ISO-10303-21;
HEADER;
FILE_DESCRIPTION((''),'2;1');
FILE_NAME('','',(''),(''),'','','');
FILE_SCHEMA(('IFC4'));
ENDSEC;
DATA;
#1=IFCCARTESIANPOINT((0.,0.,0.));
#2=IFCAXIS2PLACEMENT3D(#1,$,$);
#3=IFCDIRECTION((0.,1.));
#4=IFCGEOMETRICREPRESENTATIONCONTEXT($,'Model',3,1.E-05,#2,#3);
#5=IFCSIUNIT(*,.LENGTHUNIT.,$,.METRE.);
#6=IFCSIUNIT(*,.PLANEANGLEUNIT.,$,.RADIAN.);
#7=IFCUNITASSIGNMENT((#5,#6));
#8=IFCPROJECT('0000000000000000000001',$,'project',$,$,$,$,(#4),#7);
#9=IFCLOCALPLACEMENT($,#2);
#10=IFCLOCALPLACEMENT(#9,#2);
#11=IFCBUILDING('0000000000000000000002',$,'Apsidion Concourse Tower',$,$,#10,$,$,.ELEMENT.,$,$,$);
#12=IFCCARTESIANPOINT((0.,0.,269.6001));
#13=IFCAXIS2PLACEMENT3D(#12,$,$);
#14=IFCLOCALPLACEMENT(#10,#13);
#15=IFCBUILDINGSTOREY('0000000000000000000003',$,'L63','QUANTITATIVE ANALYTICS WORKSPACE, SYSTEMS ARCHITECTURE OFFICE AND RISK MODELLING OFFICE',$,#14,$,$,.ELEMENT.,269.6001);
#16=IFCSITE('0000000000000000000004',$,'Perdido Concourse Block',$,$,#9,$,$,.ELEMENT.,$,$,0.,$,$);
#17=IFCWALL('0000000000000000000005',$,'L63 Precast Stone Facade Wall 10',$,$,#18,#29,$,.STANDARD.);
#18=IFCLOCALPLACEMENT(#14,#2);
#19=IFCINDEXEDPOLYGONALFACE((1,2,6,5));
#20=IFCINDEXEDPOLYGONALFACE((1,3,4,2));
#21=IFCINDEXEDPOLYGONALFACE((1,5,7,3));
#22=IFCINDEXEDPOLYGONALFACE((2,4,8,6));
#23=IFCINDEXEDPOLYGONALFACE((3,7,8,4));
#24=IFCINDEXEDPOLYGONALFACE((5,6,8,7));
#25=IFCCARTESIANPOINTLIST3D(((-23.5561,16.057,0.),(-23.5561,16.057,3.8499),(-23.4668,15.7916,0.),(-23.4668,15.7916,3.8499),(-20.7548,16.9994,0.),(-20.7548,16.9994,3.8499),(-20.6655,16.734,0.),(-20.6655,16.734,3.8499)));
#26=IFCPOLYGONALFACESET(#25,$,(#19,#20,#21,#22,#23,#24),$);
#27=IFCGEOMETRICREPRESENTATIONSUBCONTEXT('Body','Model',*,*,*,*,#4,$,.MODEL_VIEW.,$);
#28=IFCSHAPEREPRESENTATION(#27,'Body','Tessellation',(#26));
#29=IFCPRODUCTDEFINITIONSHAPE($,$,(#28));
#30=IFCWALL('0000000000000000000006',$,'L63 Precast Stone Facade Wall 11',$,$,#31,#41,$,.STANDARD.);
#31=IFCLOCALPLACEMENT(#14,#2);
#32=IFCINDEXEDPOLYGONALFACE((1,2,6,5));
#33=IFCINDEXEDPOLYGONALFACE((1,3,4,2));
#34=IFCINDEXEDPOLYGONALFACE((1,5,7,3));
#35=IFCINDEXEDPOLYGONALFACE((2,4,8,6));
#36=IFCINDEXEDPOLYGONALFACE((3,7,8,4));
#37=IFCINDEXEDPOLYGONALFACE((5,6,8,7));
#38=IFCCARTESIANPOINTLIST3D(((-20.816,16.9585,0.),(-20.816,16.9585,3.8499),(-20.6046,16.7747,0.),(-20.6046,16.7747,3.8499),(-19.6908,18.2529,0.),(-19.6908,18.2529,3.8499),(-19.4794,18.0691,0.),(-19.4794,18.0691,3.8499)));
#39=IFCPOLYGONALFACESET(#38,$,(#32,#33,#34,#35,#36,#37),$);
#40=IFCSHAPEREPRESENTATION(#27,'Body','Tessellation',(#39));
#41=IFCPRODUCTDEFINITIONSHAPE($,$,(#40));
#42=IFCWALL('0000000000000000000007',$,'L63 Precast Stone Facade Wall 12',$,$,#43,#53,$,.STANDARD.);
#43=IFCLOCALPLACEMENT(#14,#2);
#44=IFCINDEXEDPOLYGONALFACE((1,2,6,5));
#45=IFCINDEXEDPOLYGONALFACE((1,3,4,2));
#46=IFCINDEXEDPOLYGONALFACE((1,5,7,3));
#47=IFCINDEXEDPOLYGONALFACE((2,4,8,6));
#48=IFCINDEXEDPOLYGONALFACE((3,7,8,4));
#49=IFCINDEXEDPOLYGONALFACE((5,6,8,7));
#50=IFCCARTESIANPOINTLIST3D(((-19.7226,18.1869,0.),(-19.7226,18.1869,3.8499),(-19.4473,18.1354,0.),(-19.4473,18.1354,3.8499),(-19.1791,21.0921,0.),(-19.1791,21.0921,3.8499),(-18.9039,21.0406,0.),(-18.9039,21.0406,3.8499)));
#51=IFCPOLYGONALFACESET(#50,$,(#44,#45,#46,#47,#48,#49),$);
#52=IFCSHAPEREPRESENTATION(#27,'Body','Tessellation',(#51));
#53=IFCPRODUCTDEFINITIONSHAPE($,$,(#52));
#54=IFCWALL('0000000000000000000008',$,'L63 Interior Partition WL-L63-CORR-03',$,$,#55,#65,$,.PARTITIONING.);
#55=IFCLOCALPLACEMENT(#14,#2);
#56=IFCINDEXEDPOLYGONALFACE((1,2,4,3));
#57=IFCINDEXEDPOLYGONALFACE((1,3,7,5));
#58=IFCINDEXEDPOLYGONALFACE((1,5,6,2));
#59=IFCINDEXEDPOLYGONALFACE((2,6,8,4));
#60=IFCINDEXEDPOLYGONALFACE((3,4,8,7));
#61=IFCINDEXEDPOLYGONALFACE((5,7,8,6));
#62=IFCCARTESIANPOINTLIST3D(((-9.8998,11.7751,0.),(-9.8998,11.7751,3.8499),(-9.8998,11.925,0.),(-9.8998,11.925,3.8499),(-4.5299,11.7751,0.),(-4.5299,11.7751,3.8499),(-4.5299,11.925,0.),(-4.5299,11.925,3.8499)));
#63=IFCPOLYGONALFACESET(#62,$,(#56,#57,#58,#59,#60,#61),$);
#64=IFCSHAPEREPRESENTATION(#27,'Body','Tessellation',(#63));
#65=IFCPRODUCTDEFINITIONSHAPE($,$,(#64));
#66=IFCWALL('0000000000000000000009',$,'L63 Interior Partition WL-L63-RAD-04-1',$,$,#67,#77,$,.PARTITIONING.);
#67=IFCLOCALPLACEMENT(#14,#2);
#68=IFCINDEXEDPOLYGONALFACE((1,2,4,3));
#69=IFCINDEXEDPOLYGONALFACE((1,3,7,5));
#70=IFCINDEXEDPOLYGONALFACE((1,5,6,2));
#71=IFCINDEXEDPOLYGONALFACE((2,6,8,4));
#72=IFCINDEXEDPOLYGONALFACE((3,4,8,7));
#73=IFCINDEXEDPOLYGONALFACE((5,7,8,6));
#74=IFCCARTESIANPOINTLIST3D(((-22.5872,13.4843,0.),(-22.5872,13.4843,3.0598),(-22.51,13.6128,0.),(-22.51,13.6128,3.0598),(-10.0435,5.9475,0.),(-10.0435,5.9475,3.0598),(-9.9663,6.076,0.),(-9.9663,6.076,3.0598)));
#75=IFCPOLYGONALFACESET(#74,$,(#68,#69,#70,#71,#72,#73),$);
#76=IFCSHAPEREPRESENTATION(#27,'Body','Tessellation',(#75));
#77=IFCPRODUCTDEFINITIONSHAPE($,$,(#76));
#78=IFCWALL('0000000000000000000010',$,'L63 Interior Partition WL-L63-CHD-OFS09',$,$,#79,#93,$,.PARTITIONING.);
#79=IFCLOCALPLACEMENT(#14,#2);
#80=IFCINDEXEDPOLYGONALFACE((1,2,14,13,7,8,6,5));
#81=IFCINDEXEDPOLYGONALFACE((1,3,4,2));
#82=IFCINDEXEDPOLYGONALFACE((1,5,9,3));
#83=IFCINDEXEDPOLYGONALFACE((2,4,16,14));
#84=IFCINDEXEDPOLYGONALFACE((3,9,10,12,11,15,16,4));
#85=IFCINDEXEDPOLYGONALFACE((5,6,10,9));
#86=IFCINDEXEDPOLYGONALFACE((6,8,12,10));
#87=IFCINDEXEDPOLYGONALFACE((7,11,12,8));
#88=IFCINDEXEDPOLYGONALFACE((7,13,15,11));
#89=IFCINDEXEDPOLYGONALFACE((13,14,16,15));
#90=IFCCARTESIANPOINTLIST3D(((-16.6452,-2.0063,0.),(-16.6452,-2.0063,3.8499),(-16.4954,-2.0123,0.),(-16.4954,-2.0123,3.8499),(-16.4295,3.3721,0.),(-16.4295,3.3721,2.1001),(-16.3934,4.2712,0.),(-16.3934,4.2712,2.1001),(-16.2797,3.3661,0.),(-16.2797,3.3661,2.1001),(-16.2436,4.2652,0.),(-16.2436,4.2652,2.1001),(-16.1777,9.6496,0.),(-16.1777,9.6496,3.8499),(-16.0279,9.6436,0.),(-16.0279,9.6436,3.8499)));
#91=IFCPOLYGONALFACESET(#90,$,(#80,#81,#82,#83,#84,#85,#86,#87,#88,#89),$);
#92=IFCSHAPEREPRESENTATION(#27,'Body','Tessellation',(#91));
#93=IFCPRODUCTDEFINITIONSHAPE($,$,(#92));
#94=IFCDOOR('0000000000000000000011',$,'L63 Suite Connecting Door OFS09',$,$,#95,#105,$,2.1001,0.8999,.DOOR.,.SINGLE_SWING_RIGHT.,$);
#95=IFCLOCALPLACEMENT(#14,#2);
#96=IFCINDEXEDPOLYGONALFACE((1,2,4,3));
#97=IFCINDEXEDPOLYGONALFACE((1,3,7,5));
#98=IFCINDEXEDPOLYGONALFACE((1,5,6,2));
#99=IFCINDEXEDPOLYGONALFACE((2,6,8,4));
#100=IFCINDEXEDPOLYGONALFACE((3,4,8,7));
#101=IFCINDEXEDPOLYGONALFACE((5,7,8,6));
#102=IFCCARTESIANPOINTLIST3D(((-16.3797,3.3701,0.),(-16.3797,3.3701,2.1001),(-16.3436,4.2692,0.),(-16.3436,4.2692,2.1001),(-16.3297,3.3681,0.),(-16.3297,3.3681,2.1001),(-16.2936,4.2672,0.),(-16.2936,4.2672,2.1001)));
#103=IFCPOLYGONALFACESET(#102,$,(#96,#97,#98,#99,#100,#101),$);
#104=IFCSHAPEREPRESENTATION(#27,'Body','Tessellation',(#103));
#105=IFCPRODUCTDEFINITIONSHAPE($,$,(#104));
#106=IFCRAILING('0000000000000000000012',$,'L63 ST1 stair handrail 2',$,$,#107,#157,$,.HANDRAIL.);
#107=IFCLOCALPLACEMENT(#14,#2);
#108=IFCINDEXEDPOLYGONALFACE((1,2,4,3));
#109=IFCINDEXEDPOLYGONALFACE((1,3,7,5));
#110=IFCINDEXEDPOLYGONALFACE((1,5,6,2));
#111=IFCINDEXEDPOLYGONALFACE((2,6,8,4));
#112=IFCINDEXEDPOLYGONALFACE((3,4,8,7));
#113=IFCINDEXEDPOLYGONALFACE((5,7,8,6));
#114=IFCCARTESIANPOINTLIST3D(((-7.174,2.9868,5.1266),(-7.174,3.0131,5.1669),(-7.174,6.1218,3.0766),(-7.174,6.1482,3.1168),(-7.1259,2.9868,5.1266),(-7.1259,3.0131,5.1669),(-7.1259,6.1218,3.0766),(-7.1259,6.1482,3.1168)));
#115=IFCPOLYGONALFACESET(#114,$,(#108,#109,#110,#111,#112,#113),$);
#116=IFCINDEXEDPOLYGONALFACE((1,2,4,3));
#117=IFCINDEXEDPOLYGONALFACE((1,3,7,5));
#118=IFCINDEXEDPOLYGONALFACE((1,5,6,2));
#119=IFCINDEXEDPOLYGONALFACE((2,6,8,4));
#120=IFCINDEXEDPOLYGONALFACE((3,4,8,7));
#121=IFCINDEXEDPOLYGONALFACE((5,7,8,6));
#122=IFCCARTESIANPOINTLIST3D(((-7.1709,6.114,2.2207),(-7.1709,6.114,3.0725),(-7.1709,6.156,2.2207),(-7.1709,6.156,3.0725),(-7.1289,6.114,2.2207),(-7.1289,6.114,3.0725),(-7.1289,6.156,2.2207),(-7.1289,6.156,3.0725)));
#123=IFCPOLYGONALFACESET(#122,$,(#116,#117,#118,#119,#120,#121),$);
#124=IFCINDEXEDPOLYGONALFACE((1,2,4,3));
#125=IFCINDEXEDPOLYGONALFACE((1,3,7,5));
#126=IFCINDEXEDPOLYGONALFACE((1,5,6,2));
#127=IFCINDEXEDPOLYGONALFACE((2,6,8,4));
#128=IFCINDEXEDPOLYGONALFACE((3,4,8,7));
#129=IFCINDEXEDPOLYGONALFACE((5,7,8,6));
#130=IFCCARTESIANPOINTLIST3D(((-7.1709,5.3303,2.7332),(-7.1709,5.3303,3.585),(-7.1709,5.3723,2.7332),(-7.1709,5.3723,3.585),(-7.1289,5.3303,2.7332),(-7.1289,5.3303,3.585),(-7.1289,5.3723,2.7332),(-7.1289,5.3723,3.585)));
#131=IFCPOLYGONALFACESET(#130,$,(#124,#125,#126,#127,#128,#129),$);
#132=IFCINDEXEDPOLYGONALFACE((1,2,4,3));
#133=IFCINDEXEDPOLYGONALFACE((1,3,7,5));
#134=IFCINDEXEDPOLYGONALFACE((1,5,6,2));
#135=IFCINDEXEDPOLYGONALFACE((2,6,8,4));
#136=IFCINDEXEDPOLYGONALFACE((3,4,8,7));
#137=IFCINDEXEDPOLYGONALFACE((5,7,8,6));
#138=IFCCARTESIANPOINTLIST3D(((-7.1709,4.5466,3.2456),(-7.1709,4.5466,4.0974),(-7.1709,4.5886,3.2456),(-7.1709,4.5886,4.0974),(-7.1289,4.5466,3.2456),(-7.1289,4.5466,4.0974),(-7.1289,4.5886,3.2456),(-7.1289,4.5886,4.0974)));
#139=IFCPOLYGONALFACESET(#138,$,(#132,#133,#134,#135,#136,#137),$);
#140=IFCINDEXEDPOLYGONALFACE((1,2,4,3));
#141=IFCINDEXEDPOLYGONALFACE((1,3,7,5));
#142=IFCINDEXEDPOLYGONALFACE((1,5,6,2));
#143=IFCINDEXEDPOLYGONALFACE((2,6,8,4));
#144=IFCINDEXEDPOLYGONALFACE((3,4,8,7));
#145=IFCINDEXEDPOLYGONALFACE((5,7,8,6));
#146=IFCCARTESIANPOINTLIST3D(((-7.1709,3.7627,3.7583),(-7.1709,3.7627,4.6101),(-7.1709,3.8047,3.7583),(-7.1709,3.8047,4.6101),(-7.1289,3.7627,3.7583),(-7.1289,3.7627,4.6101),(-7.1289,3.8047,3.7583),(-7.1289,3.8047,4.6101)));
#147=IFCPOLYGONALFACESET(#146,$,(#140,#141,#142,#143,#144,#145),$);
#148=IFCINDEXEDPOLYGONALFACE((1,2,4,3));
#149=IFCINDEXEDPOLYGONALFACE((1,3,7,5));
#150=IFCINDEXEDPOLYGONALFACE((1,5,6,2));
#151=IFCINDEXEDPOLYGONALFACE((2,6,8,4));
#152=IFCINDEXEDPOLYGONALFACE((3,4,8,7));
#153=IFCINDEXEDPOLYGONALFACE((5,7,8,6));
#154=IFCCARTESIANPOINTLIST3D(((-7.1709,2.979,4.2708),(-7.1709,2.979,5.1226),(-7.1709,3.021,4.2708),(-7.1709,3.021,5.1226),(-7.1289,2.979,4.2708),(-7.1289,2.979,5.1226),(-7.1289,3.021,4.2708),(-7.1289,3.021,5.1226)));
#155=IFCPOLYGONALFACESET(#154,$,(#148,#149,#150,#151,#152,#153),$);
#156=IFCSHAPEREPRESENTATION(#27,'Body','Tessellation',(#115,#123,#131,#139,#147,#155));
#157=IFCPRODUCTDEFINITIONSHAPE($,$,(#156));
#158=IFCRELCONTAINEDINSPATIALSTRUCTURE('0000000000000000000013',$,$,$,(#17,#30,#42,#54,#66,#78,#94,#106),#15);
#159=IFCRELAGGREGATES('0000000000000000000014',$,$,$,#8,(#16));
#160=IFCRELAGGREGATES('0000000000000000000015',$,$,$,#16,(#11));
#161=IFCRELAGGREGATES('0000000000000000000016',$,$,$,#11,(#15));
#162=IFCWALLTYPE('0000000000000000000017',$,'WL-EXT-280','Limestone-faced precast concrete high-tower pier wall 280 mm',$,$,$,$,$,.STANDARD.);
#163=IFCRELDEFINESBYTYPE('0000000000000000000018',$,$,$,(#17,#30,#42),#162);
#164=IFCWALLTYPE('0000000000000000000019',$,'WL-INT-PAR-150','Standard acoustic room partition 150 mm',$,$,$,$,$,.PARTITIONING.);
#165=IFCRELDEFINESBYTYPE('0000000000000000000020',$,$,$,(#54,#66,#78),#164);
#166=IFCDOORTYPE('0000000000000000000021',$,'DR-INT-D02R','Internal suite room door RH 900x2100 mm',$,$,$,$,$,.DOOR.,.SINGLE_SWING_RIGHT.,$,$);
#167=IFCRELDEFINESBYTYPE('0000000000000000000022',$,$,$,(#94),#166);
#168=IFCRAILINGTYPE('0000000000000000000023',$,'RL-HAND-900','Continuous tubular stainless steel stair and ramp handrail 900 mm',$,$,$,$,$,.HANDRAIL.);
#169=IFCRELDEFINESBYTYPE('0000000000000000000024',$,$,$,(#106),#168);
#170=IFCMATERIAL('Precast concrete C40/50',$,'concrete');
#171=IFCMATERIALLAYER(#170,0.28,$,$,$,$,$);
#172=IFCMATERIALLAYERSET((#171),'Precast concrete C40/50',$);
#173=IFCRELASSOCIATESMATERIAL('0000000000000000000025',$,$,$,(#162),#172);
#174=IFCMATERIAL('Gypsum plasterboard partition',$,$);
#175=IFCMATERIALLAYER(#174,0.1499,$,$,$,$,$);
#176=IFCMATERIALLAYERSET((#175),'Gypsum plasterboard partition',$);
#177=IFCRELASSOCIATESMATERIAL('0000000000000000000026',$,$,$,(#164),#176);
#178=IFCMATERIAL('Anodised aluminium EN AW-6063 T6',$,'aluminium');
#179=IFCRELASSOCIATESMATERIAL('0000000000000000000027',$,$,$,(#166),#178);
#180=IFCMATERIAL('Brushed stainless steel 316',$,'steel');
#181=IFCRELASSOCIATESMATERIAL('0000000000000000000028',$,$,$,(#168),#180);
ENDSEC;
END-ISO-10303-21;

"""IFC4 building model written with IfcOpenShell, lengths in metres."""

from ifc_helpers import new_model, si_unit, direction, frame, frame_2d, origin, origin_2d, place, context, subcontext, project, spatial, rectangle, extrude, material, layer, layer_set, type_object, element, fill, save


model = new_model("IFC4")

# Units and contexts
model_context = context("Model", 3, precision=1e-05, world=origin(), true_north=direction((0.0, 1.0)))
body_context = subcontext(model_context, "Body", "Model", "MODEL_VIEW")
ifc_project = project(units=[si_unit("LENGTHUNIT", "METRE"), si_unit("PLANEANGLEUNIT", "RADIAN")], contexts=[model_context])

# Site, building, storey
site_placement = place(None, origin())
site = spatial("IfcSite", under=ifc_project, at=site_placement, Name="Perdido Concourse Block", CompositionType="ELEMENT", RefElevation=0.0)
building_placement = place(site_placement, origin())
building = spatial("IfcBuilding", under=site, at=building_placement, Name="Apsidion Concourse Tower", CompositionType="ELEMENT")
storey_placement = place(building_placement, frame((0.0, 0.0, 269.6001)))
storey = spatial("IfcBuildingStorey", under=building, at=storey_placement, Name="L63", Description="QUANTITATIVE ANALYTICS WORKSPACE, SYSTEMS ARCHITECTURE OFFICE AND RISK MODELLING OFFICE", CompositionType="ELEMENT", Elevation=269.6001)

# Shared definitions
ifc_material_1 = material(Name="Precast concrete C40/50", Category="concrete")
ifc_layer_1 = layer(ifc_material_1, 0.28)
ifc_layer_set_1 = layer_set([ifc_layer_1], Name="Precast concrete C40/50")
wall_type_1 = type_object("IfcWallType", Name="WL-EXT-280", Description="Limestone-faced precast concrete high-tower pier wall 280 mm", PredefinedType="STANDARD", material=ifc_layer_set_1)

# Walls
wall_1_placement = place(storey_placement, frame((-23.5115, 15.9243, 0.0), z_axis=(0.0, 0.0, 1.0), x_axis=(0.947804, 0.318853, 0.0)))
element("IfcWall", 1, at=wall_1_placement, inside=storey, type_object=wall_type_1, Name="L63 Precast Stone Facade Wall 10", PredefinedType="STANDARD", context=body_context, shape_type="SweptSolid", body=[
    extrude(rectangle(XDim=2.9556, YDim=0.28, at=frame_2d((1.4778, 0.0))), origin(), (0.0, 0.0, 1.0), 3.8499),
])
wall_2_placement = place(storey_placement, frame((-20.7102, 16.8667, 0.0), z_axis=(0.0, 0.0, 1.0), x_axis=(0.656062, 0.754707, 0.0)))
element("IfcWall", 2, at=wall_2_placement, inside=storey, type_object=wall_type_1, Name="L63 Precast Stone Facade Wall 11", PredefinedType="STANDARD", context=body_context, shape_type="SweptSolid", body=[
    extrude(rectangle(XDim=1.7151, YDim=0.28, at=frame_2d((0.8574, 0.0))), origin(), (0.0, 0.0, 1.0), 3.8499),
])
wall_3_placement = place(storey_placement, frame((-19.585, 18.1611, 0.0), z_axis=(0.0, 0.0, 1.0), x_axis=(0.18387, 0.982951, 0.0)))
element("IfcWall", 3, at=wall_3_placement, inside=storey, type_object=wall_type_1, Name="L63 Precast Stone Facade Wall 12", PredefinedType="STANDARD", context=body_context, shape_type="SweptSolid", body=[
    extrude(rectangle(XDim=2.9556, YDim=0.28, at=frame_2d((1.4778, 0.0))), origin(), (0.0, 0.0, 1.0), 3.8499),
])
ifc_material_2 = material(Name="Gypsum plasterboard partition")
ifc_layer_2 = layer(ifc_material_2, 0.1499)
ifc_layer_set_2 = layer_set([ifc_layer_2], Name="Gypsum plasterboard partition")
wall_type_2 = type_object("IfcWallType", Name="WL-INT-PAR-150", Description="Standard acoustic room partition 150 mm", PredefinedType="PARTITIONING", material=ifc_layer_set_2)
wall_4_placement = place(storey_placement, frame((-9.8999, 11.8501, 0.0), z_axis=(0.0, 0.0, 1.0), x_axis=(1.0, 0.0, 0.0)))
element("IfcWall", 4, at=wall_4_placement, inside=storey, type_object=wall_type_2, Name="L63 Interior Partition WL-L63-CORR-03", PredefinedType="PARTITIONING", context=body_context, shape_type="SweptSolid", body=[
    extrude(rectangle(XDim=5.3699, YDim=0.1499, at=frame_2d((2.6851, 0.0))), origin(), (0.0, 0.0, 1.0), 3.8499),
])
wall_5_placement = place(storey_placement, frame((-10.0049, 6.0117, 0.0), z_axis=(0.0, 0.0, 1.0), x_axis=(-0.857172, 0.515031, 0.0)))
element("IfcWall", 5, at=wall_5_placement, inside=storey, type_object=wall_type_2, Name="L63 Interior Partition WL-L63-RAD-04-1", PredefinedType="PARTITIONING", context=body_context, shape_type="SweptSolid", body=[
    extrude(rectangle(XDim=14.6338, YDim=0.1499, at=frame_2d((7.3169, 0.0))), origin(), (0.0, 0.0, 1.0), 3.0598),
])

# Wall, opening, door
wall_6_placement = place(storey_placement, frame((-16.1028, 9.6465, 0.0), z_axis=(0.0, 0.0, 1.0), x_axis=(-0.040078, -0.999197, 0.0)))
wall_6 = element("IfcWall", 6, at=wall_6_placement, inside=storey, type_object=wall_type_2, Name="L63 Interior Partition WL-L63-CHD-OFS09", PredefinedType="PARTITIONING", context=body_context, shape_type="SweptSolid", body=[
    extrude(rectangle(XDim=11.6653, YDim=0.1499, at=frame_2d((5.8325, 0.0))), origin(), (0.0, 0.0, 1.0), 3.8499),
])
opening_1_placement = place(wall_6_placement, frame((5.3826, 0.0, 0.0)))
opening_1 = element("IfcOpeningElement", 7, at=opening_1_placement, cuts=wall_6, PredefinedType="OPENING", context=body_context, shape_type="SweptSolid", body=[
    extrude(rectangle(XDim=0.8999, YDim=2.1001, at=frame_2d((0.45, 1.05))), frame((0.0, 0.085, 0.0), z_axis=(0.0, -1.0, 0.0), x_axis=(1.0, 0.0, 0.0)), (0.0, 0.0, 1.0), 0.1699),
])
ifc_material_3 = material(Name="Anodised aluminium EN AW-6063 T6", Category="aluminium")
door_type_1 = type_object("IfcDoorType", Name="DR-INT-D02R", Description="Internal suite room door RH 900x2100 mm", OperationType="SINGLE_SWING_RIGHT", PredefinedType="DOOR", material=ifc_material_3)
door_1_placement = place(opening_1_placement, origin())
door_1 = element("IfcDoor", 8, at=door_1_placement, inside=storey, type_object=door_type_1, Name="L63 Suite Connecting Door OFS09", OperationType="SINGLE_SWING_RIGHT", OverallHeight=2.1001, OverallWidth=0.8999, PredefinedType="DOOR", context=body_context, shape_type="SweptSolid", body=[
    extrude(rectangle(XDim=0.8999, YDim=2.1001, at=frame_2d((0.45, 1.05))), frame((0.0, 0.0249, 0.0), z_axis=(0.0, -1.0, 0.0), x_axis=(1.0, 0.0, 0.0)), (0.0, 0.0, 1.0), 0.05),
])
fill(opening_1, door_1)

# Shared definitions
ifc_material_4 = material(Name="Brushed stainless steel 316", Category="steel")

# Railing
railing_type = type_object("IfcRailingType", Name="RL-HAND-900", Description="Continuous tubular stainless steel stair and ramp handrail 900 mm", PredefinedType="HANDRAIL", material=ifc_material_4)
railing_placement = place(storey_placement, frame((-7.1499, 6.135, 2.2207)))
element("IfcRailing", 9, at=railing_placement, inside=storey, type_object=railing_type, Name="L63 ST1 stair handrail 2", PredefinedType="HANDRAIL", context=body_context, shape_type="SweptSolid", body=[
    extrude(rectangle(XDim=0.0481, YDim=0.0481, at=origin_2d()), frame((0.0, 0.0, 0.876), z_axis=(0.0, -0.836941, 0.547293), x_axis=(1.0, 0.0, 0.0)), (0.0, 0.0, 1.0), 3.7458),
    extrude(rectangle(XDim=0.042, YDim=0.042, at=origin_2d()), origin(), (0.0, 0.0, 1.0), 0.8518),
    extrude(rectangle(XDim=0.042, YDim=0.042, at=origin_2d()), frame((0.0, -0.7837, 0.5125)), (0.0, 0.0, 1.0), 0.8518),
    extrude(rectangle(XDim=0.042, YDim=0.042, at=origin_2d()), frame((0.0, -1.5674, 1.0249)), (0.0, 0.0, 1.0), 0.8518),
    extrude(rectangle(XDim=0.042, YDim=0.042, at=origin_2d()), frame((0.0, -2.3513, 1.5376)), (0.0, 0.0, 1.0), 0.8518),
    extrude(rectangle(XDim=0.042, YDim=0.042, at=origin_2d()), frame((0.0, -3.135, 2.05)), (0.0, 0.0, 1.0), 0.8518),
])

save(model, "model.ifc")
